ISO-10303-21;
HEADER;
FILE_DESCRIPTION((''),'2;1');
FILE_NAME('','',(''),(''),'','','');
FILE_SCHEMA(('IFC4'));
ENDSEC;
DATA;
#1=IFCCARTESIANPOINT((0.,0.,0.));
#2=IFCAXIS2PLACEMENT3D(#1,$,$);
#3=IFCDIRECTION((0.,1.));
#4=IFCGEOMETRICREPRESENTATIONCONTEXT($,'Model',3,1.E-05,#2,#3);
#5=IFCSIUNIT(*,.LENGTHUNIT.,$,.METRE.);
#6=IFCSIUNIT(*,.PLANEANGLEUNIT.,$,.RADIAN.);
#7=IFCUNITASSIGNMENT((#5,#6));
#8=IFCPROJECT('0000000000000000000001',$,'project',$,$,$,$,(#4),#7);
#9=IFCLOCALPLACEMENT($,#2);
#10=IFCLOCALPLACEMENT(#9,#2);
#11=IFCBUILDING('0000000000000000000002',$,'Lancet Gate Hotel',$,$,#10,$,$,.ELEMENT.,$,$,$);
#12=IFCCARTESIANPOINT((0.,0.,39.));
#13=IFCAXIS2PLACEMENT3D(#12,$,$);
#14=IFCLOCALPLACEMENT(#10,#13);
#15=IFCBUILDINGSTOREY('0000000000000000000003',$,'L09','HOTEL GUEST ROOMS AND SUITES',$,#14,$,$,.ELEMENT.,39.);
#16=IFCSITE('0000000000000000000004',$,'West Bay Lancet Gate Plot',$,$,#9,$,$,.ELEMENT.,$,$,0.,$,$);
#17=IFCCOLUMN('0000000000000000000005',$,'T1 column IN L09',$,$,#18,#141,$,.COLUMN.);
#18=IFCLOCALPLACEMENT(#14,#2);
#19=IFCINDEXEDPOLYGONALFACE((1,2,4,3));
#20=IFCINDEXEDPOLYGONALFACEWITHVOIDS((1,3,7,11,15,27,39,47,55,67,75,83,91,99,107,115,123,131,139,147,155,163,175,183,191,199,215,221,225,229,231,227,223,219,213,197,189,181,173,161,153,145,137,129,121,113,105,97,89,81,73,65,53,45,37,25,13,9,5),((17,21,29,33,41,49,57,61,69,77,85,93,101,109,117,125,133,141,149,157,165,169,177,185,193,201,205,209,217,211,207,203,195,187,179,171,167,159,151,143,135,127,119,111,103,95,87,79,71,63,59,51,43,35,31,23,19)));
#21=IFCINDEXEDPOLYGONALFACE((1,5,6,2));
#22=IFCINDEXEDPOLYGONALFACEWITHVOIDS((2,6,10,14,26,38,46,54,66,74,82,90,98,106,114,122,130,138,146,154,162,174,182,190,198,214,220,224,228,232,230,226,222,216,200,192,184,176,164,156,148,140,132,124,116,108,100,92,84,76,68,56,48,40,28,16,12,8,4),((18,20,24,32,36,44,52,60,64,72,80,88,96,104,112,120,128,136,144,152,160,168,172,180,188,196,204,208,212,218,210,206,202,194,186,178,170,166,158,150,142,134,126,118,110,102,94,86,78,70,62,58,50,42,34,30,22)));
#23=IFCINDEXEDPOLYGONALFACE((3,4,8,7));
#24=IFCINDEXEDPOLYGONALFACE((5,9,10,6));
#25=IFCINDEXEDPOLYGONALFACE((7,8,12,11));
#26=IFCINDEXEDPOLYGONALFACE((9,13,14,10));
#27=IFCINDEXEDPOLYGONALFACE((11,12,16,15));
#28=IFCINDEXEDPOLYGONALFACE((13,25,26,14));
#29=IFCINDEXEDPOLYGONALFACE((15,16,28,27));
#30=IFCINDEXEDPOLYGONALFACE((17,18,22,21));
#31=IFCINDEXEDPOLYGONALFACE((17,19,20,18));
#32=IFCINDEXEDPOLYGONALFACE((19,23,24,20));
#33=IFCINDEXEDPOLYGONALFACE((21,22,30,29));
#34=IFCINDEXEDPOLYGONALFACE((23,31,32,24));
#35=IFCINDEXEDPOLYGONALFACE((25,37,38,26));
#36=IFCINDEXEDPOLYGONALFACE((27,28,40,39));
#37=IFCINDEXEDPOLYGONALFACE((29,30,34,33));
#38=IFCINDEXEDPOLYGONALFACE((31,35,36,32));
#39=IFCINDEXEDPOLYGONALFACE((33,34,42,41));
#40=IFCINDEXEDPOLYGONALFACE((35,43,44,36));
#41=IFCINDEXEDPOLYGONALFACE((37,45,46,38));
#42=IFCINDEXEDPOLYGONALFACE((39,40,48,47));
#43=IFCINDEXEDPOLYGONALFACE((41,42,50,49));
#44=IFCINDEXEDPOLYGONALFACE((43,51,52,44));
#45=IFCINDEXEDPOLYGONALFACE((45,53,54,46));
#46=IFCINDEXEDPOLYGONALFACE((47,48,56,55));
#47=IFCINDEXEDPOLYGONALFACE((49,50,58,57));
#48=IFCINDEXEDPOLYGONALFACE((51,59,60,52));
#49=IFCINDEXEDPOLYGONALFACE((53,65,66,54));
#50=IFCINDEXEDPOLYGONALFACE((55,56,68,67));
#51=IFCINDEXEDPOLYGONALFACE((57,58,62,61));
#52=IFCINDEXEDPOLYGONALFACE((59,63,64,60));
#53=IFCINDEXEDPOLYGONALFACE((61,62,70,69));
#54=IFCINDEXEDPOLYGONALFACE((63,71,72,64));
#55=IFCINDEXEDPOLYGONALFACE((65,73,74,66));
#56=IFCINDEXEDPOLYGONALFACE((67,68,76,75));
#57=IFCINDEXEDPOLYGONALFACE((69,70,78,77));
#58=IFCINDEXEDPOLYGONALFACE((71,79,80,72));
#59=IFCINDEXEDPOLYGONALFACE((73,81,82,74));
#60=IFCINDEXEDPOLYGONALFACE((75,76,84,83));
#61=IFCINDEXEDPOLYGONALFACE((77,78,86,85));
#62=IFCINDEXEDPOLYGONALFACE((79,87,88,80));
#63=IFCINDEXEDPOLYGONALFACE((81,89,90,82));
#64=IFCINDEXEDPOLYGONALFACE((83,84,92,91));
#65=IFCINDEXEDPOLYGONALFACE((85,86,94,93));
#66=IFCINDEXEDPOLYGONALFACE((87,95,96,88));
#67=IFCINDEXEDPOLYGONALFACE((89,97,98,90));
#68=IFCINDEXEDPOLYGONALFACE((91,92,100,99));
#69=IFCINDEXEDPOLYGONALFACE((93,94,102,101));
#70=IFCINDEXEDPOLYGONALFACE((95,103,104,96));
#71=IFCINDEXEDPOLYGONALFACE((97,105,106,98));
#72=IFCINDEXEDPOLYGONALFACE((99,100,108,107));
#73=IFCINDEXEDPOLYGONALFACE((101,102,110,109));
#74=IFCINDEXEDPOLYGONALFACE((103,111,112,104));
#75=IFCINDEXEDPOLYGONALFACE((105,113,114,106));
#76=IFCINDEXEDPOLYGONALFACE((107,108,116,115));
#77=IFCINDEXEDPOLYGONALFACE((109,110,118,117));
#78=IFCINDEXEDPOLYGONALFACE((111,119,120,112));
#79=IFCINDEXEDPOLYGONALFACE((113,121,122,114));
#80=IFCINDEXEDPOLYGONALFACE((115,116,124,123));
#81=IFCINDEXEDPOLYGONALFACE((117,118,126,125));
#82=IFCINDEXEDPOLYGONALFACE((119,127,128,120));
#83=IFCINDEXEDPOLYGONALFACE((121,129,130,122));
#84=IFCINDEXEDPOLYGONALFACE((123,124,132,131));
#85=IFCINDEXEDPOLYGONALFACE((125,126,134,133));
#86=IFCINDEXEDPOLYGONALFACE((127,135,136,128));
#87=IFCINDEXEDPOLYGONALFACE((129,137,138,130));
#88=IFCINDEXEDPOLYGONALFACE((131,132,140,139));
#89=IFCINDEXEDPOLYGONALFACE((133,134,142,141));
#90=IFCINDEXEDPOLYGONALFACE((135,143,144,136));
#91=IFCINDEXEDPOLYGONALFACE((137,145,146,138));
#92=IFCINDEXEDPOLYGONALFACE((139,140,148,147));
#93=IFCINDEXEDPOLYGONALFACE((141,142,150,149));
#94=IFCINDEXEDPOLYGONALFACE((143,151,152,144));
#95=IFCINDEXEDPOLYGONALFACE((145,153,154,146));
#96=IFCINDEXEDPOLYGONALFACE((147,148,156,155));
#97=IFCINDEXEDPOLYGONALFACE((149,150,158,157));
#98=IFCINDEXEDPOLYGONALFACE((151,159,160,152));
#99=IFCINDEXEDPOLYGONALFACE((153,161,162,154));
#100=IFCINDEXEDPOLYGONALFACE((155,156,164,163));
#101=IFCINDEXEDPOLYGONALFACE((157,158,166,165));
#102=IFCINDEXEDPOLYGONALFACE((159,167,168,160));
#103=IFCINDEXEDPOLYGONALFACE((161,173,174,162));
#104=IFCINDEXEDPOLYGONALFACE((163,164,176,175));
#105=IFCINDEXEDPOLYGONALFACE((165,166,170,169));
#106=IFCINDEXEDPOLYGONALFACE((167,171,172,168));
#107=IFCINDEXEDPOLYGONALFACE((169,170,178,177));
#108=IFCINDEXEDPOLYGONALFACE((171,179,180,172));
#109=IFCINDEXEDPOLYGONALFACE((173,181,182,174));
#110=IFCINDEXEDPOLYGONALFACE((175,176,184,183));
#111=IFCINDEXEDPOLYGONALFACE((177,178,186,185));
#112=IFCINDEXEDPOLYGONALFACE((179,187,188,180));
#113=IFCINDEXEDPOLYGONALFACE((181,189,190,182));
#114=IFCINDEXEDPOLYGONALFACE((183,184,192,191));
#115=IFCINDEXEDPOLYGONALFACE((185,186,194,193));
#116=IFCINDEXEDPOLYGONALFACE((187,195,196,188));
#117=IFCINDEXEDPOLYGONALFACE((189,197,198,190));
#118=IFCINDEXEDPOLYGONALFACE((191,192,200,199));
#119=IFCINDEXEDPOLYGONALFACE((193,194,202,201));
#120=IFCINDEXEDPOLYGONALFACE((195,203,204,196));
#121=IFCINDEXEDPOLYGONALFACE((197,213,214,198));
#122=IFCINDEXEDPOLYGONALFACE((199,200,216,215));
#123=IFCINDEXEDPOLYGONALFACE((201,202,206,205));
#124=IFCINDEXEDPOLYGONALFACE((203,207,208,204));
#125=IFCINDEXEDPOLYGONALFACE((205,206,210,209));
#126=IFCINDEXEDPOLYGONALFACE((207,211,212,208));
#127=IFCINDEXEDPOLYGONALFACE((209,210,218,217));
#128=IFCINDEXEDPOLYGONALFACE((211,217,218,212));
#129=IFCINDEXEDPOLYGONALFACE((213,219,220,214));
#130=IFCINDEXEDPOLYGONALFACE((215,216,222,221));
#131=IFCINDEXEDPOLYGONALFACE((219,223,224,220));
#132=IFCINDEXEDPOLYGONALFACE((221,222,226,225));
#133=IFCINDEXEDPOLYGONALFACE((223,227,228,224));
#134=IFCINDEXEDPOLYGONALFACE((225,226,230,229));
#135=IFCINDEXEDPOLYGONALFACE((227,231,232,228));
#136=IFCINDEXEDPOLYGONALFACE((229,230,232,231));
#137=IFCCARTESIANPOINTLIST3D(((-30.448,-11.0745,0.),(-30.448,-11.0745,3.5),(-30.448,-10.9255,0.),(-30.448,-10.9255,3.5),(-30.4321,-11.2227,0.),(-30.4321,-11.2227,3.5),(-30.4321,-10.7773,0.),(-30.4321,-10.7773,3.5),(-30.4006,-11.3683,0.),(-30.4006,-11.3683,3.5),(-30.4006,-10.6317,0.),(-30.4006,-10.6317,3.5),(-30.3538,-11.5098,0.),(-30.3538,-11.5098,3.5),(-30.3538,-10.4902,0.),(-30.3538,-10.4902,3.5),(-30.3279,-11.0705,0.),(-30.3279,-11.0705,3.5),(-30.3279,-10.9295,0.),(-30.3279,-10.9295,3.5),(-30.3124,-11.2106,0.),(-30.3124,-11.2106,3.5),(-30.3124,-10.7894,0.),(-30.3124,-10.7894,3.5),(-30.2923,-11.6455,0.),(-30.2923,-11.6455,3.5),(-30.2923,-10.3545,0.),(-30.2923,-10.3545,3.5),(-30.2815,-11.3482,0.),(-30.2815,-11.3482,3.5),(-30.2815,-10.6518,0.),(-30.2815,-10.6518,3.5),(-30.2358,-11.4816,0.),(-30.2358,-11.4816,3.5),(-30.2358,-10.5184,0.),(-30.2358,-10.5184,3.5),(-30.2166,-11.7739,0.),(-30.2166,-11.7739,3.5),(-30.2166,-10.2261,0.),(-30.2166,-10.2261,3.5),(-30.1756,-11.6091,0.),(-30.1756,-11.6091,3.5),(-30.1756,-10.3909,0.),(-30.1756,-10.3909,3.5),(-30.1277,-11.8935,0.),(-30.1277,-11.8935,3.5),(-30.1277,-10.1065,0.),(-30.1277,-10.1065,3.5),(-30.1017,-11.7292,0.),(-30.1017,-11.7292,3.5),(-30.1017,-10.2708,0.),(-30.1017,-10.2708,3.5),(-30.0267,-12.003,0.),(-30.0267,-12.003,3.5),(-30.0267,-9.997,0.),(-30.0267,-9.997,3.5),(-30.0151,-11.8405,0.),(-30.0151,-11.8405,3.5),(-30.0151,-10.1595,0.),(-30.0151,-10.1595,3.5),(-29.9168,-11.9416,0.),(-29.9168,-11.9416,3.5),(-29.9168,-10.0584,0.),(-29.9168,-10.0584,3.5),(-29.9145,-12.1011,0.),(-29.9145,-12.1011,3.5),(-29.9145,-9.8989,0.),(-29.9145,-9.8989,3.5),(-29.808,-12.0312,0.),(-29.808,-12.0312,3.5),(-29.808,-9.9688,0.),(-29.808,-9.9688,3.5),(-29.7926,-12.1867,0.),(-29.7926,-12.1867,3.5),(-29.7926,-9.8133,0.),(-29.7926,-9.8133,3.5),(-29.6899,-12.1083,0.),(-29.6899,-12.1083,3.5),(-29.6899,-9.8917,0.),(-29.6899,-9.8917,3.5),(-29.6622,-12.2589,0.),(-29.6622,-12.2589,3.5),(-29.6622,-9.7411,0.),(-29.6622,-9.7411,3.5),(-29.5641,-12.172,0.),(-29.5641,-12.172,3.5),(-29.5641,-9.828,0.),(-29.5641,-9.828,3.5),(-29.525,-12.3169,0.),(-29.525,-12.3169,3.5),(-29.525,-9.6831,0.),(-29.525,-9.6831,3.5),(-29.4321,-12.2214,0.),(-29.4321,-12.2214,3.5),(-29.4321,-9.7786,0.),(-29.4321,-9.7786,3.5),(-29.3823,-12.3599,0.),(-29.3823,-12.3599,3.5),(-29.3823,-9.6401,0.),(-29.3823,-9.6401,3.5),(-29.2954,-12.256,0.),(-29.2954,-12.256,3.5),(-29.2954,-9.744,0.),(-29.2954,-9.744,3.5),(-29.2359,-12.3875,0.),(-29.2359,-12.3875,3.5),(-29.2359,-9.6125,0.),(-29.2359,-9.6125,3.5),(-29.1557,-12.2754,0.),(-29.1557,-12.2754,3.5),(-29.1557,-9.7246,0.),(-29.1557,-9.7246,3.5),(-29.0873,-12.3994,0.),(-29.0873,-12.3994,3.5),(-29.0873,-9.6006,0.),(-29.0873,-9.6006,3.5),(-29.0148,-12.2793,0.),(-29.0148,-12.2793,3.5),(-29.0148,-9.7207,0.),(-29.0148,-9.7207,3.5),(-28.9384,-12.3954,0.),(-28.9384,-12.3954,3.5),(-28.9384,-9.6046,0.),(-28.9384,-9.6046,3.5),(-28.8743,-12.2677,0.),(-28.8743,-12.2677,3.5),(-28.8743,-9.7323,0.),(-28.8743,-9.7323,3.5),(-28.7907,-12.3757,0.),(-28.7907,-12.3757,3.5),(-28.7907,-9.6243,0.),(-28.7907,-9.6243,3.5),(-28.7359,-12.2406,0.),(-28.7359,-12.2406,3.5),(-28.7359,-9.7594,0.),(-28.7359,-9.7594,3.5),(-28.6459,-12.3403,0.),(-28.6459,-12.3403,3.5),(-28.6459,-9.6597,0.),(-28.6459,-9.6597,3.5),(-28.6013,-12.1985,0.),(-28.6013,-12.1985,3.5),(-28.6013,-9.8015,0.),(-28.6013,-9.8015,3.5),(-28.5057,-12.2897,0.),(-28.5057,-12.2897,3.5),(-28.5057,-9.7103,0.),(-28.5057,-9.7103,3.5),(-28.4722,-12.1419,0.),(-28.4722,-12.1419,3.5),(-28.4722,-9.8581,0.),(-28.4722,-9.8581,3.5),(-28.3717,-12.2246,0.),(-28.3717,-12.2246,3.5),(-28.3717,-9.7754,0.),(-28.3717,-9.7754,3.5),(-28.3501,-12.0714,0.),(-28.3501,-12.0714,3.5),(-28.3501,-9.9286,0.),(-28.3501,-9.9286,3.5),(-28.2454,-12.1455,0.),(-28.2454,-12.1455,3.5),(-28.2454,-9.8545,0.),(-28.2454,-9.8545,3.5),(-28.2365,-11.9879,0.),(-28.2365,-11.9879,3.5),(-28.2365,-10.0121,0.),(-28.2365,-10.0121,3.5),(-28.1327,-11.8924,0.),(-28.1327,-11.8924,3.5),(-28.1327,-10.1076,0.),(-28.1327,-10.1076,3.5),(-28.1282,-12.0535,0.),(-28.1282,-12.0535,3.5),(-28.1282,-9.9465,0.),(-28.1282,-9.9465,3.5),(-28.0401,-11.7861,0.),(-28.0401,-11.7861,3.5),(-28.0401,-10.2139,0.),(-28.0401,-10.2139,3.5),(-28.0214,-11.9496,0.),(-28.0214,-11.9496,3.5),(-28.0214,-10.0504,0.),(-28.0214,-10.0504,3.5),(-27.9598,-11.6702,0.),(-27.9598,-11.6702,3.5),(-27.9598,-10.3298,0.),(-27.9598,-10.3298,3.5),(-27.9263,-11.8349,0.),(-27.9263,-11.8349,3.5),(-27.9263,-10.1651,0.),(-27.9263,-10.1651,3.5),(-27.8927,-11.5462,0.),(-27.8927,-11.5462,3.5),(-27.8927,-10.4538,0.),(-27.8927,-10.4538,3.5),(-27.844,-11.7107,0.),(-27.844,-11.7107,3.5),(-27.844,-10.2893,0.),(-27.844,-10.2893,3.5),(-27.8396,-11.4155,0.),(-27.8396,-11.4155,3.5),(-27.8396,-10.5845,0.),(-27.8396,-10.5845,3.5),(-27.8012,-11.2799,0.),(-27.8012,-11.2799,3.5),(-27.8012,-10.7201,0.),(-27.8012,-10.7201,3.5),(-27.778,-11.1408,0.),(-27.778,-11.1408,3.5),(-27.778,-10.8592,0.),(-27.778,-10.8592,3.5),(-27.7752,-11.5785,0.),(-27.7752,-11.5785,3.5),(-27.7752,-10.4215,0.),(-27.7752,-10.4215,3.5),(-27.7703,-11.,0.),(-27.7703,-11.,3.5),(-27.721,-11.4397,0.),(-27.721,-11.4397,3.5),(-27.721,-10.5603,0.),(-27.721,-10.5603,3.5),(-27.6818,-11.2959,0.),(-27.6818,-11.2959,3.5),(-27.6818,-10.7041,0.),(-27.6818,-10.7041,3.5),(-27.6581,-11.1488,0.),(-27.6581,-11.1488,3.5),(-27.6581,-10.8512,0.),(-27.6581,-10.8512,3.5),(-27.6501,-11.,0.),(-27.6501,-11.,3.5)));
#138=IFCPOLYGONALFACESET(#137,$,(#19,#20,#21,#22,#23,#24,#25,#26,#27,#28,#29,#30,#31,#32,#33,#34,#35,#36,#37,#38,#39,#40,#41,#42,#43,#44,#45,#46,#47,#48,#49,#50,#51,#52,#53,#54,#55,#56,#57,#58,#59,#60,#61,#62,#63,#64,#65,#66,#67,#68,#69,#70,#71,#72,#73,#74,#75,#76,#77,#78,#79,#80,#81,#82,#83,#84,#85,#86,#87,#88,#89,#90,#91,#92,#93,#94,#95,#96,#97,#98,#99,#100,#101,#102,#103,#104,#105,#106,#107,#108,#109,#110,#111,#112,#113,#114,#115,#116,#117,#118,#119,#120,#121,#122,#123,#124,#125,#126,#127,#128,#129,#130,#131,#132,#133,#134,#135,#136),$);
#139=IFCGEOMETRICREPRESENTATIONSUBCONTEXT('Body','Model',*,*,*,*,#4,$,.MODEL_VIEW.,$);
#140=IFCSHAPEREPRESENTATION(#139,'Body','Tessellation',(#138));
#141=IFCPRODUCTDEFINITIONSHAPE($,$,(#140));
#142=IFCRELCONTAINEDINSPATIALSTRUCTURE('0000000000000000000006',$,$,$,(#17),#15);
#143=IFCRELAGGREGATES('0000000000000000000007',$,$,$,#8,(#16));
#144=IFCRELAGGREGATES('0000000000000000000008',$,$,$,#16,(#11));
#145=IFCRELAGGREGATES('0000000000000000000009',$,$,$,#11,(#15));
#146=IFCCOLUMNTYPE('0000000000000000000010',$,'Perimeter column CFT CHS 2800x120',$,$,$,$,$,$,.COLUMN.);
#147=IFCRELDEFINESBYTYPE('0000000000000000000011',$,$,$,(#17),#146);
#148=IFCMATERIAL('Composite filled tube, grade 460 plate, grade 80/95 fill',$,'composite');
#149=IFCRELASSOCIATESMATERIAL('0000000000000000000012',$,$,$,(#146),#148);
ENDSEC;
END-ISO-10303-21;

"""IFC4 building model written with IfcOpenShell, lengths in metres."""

from ifc_helpers import new_model, si_unit, direction, frame, origin, origin_2d, place, context, subcontext, project, spatial, hollow_circle, extrude, material, material_profile, profile_set, type_object, element, save


model = new_model("IFC4")

# Units and contexts
model_context = context("Model", 3, precision=1e-05, world=origin(), true_north=direction((0.0, 1.0)))
body_context = subcontext(model_context, "Body", "Model", "MODEL_VIEW")
ifc_project = project(units=[si_unit("LENGTHUNIT", "METRE"), si_unit("PLANEANGLEUNIT", "RADIAN")], contexts=[model_context])

# Site, building, storey
site_placement = place(None, origin())
site = spatial("IfcSite", under=ifc_project, at=site_placement, Name="West Bay Lancet Gate Plot", CompositionType="ELEMENT", RefElevation=0.0)
building_placement = place(site_placement, origin())
building = spatial("IfcBuilding", under=site, at=building_placement, Name="Lancet Gate Hotel", CompositionType="ELEMENT")
storey_placement = place(building_placement, frame((0.0, 0.0, 39.0)))
storey = spatial("IfcBuildingStorey", under=building, at=storey_placement, Name="L09", Description="HOTEL GUEST ROOMS AND SUITES", CompositionType="ELEMENT", Elevation=39.0)

# Column
ifc_material_1 = material(Name="Composite filled tube, grade 460 plate, grade 80/95 fill", Category="composite")
ifc_material_profile_1 = material_profile(ifc_material_1, hollow_circle(Radius=1.3999, WallThickness=0.1201, at=origin_2d()), Name="CHS 2800x120")
ifc_profile_set_1 = profile_set([ifc_material_profile_1], Name="Composite filled tube, grade 460 plate, grade 80/95 fill")
column_type = type_object("IfcColumnType", Name="Perimeter column CFT CHS 2800x120", PredefinedType="COLUMN", material=ifc_profile_set_1)
for number, where, z_axis, x_axis, name in (
    (1, (-29.05, -11.0, 0.0), (0.0, 0.0, 1.0), (1.0, 0.0, 0.0), "T1 column IN L09"),
):
    element("IfcColumn", number, at=place(storey_placement, frame(where, z_axis=z_axis, x_axis=x_axis)), inside=storey, type_object=column_type, Name=name, PredefinedType="COLUMN", context=body_context, shape_type="SweptSolid", body=[
        extrude(hollow_circle(Radius=1.3999, WallThickness=0.1201, at=origin_2d()), origin(), (0.0, 0.0, 1.0), 3.5),
    ])

save(model, "model.ifc")
